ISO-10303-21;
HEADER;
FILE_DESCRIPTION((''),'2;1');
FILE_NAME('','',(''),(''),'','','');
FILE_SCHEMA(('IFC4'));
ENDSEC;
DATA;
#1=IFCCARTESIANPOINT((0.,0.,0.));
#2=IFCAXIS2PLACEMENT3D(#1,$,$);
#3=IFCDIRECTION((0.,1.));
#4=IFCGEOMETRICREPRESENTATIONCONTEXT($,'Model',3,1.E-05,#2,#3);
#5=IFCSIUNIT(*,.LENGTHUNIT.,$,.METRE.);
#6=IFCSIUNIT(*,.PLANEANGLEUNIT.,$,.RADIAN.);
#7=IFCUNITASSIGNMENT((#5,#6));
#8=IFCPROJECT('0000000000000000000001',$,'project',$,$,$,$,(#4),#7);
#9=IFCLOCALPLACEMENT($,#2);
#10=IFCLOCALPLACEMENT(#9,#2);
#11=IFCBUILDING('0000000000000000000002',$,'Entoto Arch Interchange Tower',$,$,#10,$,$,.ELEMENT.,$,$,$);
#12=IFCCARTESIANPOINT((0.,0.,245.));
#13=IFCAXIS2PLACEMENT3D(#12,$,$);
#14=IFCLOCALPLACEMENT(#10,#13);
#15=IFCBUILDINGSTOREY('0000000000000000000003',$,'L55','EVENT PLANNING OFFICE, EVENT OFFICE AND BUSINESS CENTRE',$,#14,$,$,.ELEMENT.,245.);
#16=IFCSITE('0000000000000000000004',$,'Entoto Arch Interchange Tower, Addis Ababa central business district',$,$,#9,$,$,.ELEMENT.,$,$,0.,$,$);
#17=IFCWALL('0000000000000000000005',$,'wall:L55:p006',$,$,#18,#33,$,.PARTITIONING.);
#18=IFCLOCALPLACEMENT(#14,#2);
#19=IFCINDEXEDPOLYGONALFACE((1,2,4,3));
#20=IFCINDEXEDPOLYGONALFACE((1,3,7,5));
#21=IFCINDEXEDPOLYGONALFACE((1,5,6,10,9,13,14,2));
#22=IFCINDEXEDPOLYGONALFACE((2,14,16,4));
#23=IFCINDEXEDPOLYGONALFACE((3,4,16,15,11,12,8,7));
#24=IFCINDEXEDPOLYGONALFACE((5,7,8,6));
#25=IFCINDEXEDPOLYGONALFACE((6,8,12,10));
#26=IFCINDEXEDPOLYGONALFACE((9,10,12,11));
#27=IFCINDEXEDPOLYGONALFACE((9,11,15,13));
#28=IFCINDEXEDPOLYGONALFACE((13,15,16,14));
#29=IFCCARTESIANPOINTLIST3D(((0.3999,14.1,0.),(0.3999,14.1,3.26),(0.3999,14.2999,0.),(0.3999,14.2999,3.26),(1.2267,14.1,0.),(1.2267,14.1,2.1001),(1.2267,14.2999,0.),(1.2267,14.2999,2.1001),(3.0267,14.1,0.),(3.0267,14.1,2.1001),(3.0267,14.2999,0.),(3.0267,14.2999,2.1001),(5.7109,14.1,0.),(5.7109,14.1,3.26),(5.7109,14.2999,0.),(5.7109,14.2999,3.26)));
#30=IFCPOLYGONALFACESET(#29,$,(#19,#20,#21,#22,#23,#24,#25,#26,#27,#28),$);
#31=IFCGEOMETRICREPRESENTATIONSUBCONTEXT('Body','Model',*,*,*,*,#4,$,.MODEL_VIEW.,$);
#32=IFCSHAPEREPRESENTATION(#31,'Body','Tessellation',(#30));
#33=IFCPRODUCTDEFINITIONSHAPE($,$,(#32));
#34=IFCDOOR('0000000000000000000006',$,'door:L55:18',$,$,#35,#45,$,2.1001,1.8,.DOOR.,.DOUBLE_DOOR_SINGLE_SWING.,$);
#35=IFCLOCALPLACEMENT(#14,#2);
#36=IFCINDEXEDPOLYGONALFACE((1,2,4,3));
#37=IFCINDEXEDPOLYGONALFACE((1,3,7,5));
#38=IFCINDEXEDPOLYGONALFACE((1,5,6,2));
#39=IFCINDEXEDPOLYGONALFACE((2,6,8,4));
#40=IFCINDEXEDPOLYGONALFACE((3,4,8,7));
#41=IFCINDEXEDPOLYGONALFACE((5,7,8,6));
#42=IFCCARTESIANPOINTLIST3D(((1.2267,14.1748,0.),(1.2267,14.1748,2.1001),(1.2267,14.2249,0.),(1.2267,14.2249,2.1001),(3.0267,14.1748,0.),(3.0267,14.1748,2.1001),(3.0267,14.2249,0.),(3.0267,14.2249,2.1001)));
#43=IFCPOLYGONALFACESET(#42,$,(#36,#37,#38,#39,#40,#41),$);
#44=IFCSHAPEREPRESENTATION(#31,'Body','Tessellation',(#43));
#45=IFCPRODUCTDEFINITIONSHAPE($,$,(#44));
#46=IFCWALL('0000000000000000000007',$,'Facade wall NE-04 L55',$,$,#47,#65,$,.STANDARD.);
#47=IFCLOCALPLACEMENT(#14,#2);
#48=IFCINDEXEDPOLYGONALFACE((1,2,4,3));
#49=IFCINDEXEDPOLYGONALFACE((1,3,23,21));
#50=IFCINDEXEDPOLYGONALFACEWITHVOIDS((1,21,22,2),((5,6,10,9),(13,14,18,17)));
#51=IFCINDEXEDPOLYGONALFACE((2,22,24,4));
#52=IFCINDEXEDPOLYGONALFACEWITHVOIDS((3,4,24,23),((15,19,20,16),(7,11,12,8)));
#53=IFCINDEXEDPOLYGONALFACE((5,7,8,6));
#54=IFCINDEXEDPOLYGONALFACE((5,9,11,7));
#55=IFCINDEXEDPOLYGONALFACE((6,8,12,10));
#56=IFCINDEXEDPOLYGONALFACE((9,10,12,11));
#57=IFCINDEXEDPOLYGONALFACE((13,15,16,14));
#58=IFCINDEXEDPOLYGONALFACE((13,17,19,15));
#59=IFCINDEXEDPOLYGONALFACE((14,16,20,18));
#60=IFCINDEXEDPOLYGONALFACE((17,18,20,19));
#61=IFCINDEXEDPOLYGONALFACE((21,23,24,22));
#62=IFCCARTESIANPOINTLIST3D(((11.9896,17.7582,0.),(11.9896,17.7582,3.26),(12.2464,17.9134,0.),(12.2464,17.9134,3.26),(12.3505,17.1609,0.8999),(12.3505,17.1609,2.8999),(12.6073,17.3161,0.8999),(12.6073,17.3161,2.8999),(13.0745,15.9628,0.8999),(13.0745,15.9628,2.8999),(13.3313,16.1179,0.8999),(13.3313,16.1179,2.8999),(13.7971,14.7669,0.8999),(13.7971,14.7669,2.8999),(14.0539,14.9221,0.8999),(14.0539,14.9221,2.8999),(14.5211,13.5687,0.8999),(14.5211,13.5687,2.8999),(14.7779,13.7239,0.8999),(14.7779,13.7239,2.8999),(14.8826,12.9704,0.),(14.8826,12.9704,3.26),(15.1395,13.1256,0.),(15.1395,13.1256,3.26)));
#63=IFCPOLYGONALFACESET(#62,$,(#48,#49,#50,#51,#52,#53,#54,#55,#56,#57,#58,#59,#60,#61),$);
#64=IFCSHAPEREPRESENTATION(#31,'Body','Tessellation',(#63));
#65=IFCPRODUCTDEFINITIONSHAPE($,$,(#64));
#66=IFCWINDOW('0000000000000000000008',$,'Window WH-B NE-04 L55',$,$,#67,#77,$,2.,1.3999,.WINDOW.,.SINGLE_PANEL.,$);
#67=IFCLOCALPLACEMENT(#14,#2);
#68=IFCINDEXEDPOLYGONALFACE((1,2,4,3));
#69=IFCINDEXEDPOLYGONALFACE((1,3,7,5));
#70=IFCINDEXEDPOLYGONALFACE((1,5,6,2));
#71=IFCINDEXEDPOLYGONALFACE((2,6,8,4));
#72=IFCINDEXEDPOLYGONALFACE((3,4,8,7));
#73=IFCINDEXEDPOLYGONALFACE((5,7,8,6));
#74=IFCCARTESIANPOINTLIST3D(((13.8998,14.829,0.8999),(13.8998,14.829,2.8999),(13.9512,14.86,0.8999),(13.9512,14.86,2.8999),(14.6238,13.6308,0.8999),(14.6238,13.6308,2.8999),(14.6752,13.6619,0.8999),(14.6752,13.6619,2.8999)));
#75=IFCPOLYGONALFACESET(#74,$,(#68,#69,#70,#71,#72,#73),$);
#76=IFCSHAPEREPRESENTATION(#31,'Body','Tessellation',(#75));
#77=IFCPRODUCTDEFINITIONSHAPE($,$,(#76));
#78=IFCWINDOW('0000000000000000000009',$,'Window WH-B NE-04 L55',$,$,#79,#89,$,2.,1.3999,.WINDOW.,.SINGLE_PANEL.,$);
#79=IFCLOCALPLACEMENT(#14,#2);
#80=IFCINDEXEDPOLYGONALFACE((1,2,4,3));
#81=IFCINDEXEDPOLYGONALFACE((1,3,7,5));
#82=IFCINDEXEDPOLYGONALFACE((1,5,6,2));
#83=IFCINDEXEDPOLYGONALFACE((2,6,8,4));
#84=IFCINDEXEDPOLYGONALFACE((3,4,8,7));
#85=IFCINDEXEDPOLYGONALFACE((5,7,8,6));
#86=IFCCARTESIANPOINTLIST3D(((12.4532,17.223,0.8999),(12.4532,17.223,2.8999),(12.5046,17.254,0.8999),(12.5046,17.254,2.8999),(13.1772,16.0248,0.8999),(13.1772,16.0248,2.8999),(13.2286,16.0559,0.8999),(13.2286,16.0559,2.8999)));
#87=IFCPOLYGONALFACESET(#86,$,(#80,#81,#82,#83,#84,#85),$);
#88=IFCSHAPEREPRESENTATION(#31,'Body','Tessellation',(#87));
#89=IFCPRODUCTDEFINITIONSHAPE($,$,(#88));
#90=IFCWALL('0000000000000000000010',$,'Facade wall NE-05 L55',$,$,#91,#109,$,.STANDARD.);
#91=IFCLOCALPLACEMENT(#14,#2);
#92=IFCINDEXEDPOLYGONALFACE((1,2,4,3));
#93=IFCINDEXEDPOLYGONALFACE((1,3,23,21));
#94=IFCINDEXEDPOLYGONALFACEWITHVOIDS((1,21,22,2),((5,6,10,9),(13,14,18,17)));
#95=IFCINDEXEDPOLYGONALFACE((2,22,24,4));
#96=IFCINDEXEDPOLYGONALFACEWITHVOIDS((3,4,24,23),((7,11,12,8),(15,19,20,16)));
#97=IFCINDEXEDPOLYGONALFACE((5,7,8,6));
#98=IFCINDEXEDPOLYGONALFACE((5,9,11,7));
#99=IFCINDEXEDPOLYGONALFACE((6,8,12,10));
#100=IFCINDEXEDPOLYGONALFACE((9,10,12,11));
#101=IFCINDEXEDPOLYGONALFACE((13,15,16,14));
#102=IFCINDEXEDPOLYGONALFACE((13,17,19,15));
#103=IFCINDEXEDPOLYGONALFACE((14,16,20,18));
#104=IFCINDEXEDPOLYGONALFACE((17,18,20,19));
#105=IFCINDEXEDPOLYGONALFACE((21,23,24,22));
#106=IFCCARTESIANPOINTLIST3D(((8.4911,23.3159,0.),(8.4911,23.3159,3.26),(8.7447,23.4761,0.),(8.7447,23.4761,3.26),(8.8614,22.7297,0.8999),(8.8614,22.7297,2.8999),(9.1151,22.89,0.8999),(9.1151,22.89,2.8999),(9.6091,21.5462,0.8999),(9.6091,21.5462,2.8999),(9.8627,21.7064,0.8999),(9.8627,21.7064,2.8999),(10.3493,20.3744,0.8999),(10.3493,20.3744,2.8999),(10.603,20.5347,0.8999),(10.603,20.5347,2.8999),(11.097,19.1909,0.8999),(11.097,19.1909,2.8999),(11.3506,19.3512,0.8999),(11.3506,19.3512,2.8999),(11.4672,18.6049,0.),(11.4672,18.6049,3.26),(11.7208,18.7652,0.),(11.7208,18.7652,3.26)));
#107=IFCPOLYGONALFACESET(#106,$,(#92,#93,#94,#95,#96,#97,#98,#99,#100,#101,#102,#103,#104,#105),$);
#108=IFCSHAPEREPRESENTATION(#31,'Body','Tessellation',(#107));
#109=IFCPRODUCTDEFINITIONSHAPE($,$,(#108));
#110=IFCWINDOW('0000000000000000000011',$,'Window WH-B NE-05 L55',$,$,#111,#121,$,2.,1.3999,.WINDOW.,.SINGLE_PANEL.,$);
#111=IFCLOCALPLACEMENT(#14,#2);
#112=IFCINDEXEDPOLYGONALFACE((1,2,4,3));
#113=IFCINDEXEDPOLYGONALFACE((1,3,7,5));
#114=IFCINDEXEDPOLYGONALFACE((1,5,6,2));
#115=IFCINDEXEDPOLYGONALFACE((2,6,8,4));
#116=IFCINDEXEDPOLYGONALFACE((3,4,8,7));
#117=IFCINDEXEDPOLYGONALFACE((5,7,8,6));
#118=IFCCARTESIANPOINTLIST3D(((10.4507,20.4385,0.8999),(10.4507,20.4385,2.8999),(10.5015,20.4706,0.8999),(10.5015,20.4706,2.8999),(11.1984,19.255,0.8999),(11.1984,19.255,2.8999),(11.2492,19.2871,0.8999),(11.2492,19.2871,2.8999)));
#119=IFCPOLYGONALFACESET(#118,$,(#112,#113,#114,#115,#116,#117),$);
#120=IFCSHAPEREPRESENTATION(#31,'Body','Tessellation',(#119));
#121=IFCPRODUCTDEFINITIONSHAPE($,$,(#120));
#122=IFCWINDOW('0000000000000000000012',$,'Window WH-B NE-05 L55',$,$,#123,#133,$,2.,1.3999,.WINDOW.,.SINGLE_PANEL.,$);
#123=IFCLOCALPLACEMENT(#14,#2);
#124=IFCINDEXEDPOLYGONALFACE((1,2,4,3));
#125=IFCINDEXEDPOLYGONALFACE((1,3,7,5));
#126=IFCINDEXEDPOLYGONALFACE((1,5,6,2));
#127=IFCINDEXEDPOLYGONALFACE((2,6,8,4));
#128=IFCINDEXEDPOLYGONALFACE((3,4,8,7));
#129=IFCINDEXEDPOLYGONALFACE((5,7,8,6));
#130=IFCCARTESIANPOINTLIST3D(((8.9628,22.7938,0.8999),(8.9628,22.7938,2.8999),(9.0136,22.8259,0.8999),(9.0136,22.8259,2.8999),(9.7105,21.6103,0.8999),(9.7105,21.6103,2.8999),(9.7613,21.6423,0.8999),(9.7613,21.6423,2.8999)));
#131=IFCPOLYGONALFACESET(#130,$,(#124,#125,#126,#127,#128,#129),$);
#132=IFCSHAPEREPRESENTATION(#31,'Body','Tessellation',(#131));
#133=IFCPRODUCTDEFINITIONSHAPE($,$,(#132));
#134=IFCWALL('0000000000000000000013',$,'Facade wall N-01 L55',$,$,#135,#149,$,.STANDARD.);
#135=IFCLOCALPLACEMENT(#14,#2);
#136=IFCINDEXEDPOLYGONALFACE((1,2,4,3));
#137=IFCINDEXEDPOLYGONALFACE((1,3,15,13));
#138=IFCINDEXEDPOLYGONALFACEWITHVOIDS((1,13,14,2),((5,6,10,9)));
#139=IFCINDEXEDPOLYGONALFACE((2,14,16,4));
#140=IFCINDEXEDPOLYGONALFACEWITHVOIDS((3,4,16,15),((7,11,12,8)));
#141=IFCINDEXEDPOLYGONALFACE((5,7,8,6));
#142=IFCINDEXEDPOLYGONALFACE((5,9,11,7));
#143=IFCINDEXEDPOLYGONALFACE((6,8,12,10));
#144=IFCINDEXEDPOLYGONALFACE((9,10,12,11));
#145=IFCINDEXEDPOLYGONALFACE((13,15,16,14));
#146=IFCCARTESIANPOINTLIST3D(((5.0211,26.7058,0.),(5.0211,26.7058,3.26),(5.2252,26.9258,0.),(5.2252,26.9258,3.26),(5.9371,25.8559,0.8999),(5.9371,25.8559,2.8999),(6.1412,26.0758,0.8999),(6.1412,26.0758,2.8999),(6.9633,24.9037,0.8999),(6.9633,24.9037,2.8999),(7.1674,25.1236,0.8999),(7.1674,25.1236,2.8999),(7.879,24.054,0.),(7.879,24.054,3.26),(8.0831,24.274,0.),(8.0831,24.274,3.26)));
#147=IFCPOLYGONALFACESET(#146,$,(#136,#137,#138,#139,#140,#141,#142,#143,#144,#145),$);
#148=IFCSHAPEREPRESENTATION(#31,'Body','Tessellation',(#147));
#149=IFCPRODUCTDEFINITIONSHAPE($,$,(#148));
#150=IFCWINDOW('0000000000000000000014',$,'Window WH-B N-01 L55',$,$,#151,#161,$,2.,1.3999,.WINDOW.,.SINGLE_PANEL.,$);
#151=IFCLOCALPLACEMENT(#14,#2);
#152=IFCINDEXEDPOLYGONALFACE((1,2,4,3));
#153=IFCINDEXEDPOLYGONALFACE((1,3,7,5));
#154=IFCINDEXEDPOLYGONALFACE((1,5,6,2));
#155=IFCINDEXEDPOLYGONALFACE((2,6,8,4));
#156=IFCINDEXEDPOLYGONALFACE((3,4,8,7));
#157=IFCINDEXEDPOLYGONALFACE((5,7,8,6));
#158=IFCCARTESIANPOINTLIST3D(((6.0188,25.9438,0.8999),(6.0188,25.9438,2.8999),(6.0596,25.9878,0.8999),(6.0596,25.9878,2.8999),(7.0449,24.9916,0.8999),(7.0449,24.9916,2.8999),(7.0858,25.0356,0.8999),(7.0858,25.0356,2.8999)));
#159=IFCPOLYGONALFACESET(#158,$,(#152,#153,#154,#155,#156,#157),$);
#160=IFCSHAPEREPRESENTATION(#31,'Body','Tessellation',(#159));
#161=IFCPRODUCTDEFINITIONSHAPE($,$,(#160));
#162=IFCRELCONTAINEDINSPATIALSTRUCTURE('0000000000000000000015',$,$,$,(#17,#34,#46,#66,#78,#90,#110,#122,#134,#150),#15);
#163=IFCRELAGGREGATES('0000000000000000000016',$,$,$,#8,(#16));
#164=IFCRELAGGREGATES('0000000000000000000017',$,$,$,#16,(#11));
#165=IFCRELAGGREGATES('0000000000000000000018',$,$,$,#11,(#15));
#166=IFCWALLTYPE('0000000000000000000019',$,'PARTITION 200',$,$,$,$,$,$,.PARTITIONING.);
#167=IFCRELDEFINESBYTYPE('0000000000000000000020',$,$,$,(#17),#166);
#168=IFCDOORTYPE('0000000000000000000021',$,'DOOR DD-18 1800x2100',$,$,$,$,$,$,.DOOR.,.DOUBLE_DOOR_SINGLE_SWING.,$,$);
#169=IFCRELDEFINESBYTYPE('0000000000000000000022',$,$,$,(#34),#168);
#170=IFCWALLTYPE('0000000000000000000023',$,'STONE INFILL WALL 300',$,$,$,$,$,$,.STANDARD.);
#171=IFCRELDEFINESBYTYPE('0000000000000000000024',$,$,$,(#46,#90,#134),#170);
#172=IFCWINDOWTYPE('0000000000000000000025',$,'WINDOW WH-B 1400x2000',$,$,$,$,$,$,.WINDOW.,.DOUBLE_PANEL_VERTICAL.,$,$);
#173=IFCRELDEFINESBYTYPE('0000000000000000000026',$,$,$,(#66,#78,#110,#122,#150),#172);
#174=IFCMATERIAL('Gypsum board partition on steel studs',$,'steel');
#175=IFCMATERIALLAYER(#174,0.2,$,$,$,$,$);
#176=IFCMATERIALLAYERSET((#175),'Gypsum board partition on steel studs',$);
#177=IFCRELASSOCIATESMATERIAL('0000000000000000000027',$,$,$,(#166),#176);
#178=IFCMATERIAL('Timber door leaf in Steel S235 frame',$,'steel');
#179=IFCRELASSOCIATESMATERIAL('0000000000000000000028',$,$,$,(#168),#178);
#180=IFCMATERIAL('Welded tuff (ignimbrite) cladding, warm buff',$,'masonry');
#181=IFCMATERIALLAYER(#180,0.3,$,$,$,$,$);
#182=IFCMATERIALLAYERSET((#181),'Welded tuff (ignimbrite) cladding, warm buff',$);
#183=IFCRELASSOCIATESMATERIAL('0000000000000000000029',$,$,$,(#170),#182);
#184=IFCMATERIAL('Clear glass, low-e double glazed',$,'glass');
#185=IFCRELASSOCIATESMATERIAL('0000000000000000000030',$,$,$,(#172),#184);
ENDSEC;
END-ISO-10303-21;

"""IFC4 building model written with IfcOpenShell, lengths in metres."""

from ifc_helpers import new_model, si_unit, direction, frame, frame_2d, origin, place, context, subcontext, project, spatial, rectangle, extrude, material, layer, layer_set, type_object, element, fill, save


model = new_model("IFC4")

# Units and contexts
model_context = context("Model", 3, precision=1e-05, world=origin(), true_north=direction((0.0, 1.0)))
body_context = subcontext(model_context, "Body", "Model", "MODEL_VIEW")
ifc_project = project(units=[si_unit("LENGTHUNIT", "METRE"), si_unit("PLANEANGLEUNIT", "RADIAN")], contexts=[model_context])

# Site, building, storey
site_placement = place(None, origin())
site = spatial("IfcSite", under=ifc_project, at=site_placement, Name="Entoto Arch Interchange Tower, Addis Ababa central business district", CompositionType="ELEMENT", RefElevation=0.0)
building_placement = place(site_placement, origin())
building = spatial("IfcBuilding", under=site, at=building_placement, Name="Entoto Arch Interchange Tower", CompositionType="ELEMENT")
storey_placement = place(building_placement, frame((0.0, 0.0, 245.0)))
storey = spatial("IfcBuildingStorey", under=building, at=storey_placement, Name="L55", Description="EVENT PLANNING OFFICE, EVENT OFFICE AND BUSINESS CENTRE", CompositionType="ELEMENT", Elevation=245.0)

# Shared definitions
ifc_material_1 = material(Name="Gypsum board partition on steel studs", Category="steel")
ifc_layer_1 = layer(ifc_material_1, 0.2)
ifc_layer_set_1 = layer_set([ifc_layer_1], Name="Gypsum board partition on steel studs")
wall_type_1 = type_object("IfcWallType", Name="PARTITION 200", PredefinedType="PARTITIONING", material=ifc_layer_set_1)

# Shared definitions
ifc_material_2 = material(Name="Timber door leaf in Steel S235 frame", Category="steel")

# Wall, opening, door
wall_1_placement = place(storey_placement, frame((0.3999, 14.2, 0.0), z_axis=(0.0, 0.0, 1.0), x_axis=(1.0, 0.0, 0.0)))
wall_1 = element("IfcWall", 1, at=wall_1_placement, inside=storey, type_object=wall_type_1, Name="wall:L55:p006", PredefinedType="PARTITIONING", context=body_context, shape_type="SweptSolid", body=[
    extrude(rectangle(XDim=5.311, YDim=0.2, at=frame_2d((2.6555, 0.0))), origin(), (0.0, 0.0, 1.0), 3.26),
])
opening_1_placement = place(wall_1_placement, frame((0.8269, 0.0, 0.0)))
opening_1 = element("IfcOpeningElement", 2, at=opening_1_placement, cuts=wall_1, PredefinedType="OPENING", context=body_context, shape_type="SweptSolid", body=[
    extrude(rectangle(XDim=1.8, YDim=2.1001, at=frame_2d((0.8999, 1.05))), frame((0.0, 0.1099, 0.0), z_axis=(0.0, -1.0, 0.0), x_axis=(1.0, 0.0, 0.0)), (0.0, 0.0, 1.0), 0.22),
])
door_type_1 = type_object("IfcDoorType", Name="DOOR DD-18 1800x2100", OperationType="DOUBLE_DOOR_SINGLE_SWING", PredefinedType="DOOR", material=ifc_material_2)
door_1_placement = place(opening_1_placement, origin())
door_1 = element("IfcDoor", 3, at=door_1_placement, inside=storey, type_object=door_type_1, Name="door:L55:18", OperationType="DOUBLE_DOOR_SINGLE_SWING", OverallHeight=2.1001, OverallWidth=1.8, PredefinedType="DOOR", context=body_context, shape_type="SweptSolid", body=[
    extrude(rectangle(XDim=1.8, YDim=2.1001, at=frame_2d((0.8999, 1.05))), frame((0.0, 0.0249, 0.0), z_axis=(0.0, -1.0, 0.0), x_axis=(1.0, 0.0, 0.0)), (0.0, 0.0, 1.0), 0.05),
])
fill(opening_1, door_1)

# Walls, openings, windows
ifc_material_3 = material(Name="Welded tuff (ignimbrite) cladding, warm buff", Category="masonry")
ifc_layer_2 = layer(ifc_material_3, 0.3)
ifc_layer_set_2 = layer_set([ifc_layer_2], Name="Welded tuff (ignimbrite) cladding, warm buff")
wall_type_2 = type_object("IfcWallType", Name="STONE INFILL WALL 300", PredefinedType="STANDARD", material=ifc_layer_set_2)
wall_2_placement = place(storey_placement, frame((15.011, 13.0481, 0.0), z_axis=(0.0, 0.0, 1.0), x_axis=(-0.51717, 0.855883, 0.0)))
wall_2 = element("IfcWall", 4, at=wall_2_placement, inside=storey, type_object=wall_type_2, Name="Facade wall NE-04 L55", PredefinedType="STANDARD", context=body_context, shape_type="SweptSolid", body=[
    extrude(rectangle(XDim=5.594, YDim=0.3, at=frame_2d((2.7969, 0.0))), origin(), (0.0, 0.0, 1.0), 3.26),
])
opening_2_placement = place(wall_2_placement, frame((0.699, 0.0, 0.8999)))
opening_2 = element("IfcOpeningElement", 5, at=opening_2_placement, cuts=wall_2, PredefinedType="OPENING", context=body_context, shape_type="SweptSolid", body=[
    extrude(rectangle(XDim=1.3999, YDim=2.0, at=frame_2d((0.7, 1.0))), frame((0.0, 0.1602, 0.0), z_axis=(0.0, -1.0, 0.0), x_axis=(1.0, 0.0, 0.0)), (0.0, 0.0, 1.0), 0.3201),
])
opening_3_placement = place(wall_2_placement, frame((3.4961, 0.0, 0.8999)))
opening_3 = element("IfcOpeningElement", 6, at=opening_3_placement, cuts=wall_2, PredefinedType="OPENING", context=body_context, shape_type="SweptSolid", body=[
    extrude(rectangle(XDim=1.3999, YDim=2.0, at=frame_2d((0.7, 1.0))), frame((0.0, 0.1602, 0.0), z_axis=(0.0, -1.0, 0.0), x_axis=(1.0, 0.0, 0.0)), (0.0, 0.0, 1.0), 0.3201),
])
ifc_material_4 = material(Name="Clear glass, low-e double glazed", Category="glass")
window_type = type_object("IfcWindowType", Name="WINDOW WH-B 1400x2000", PartitioningType="DOUBLE_PANEL_VERTICAL", PredefinedType="WINDOW", material=ifc_material_4)
window_1_placement = place(opening_2_placement, origin())
window_1 = element("IfcWindow", 7, at=window_1_placement, inside=storey, type_object=window_type, Name="Window WH-B NE-04 L55", OverallHeight=2.0, OverallWidth=1.3999, PartitioningType="SINGLE_PANEL", PredefinedType="WINDOW", context=body_context, shape_type="SweptSolid", body=[
    extrude(rectangle(XDim=1.3999, YDim=2.0, at=frame_2d((0.7, 1.0))), frame((0.0, 0.03, 0.0), z_axis=(0.0, -1.0, 0.0), x_axis=(1.0, 0.0, 0.0)), (0.0, 0.0, 1.0), 0.0601),
])
fill(opening_2, window_1)
window_2_placement = place(opening_3_placement, origin())
window_2 = element("IfcWindow", 8, at=window_2_placement, inside=storey, type_object=window_type, Name="Window WH-B NE-04 L55", OverallHeight=2.0, OverallWidth=1.3999, PartitioningType="SINGLE_PANEL", PredefinedType="WINDOW", context=body_context, shape_type="SweptSolid", body=[
    extrude(rectangle(XDim=1.3999, YDim=2.0, at=frame_2d((0.7, 1.0))), frame((0.0, 0.03, 0.0), z_axis=(0.0, -1.0, 0.0), x_axis=(1.0, 0.0, 0.0)), (0.0, 0.0, 1.0), 0.0601),
])
fill(opening_3, window_2)
wall_3_placement = place(storey_placement, frame((11.594, 18.6851, 0.0), z_axis=(0.0, 0.0, 1.0), x_axis=(-0.534089, 0.845429, 0.0)))
wall_3 = element("IfcWall", 9, at=wall_3_placement, inside=storey, type_object=wall_type_2, Name="Facade wall NE-05 L55", PredefinedType="STANDARD", context=body_context, shape_type="SweptSolid", body=[
    extrude(rectangle(XDim=5.5723, YDim=0.3, at=frame_2d((2.7861, 0.0))), origin(), (0.0, 0.0, 1.0), 3.26),
])
opening_4_placement = place(wall_3_placement, frame((0.6931, 0.0, 0.8999)))
opening_4 = element("IfcOpeningElement", 10, at=opening_4_placement, cuts=wall_3, PredefinedType="OPENING", context=body_context, shape_type="SweptSolid", body=[
    extrude(rectangle(XDim=1.3999, YDim=2.0, at=frame_2d((0.7, 1.0))), frame((0.0, 0.1602, 0.0), z_axis=(0.0, -1.0, 0.0), x_axis=(1.0, 0.0, 0.0)), (0.0, 0.0, 1.0), 0.3201),
])
opening_5_placement = place(wall_3_placement, frame((3.479, 0.0, 0.8999)))
opening_5 = element("IfcOpeningElement", 11, at=opening_5_placement, cuts=wall_3, PredefinedType="OPENING", context=body_context, shape_type="SweptSolid", body=[
    extrude(rectangle(XDim=1.3999, YDim=2.0, at=frame_2d((0.7, 1.0))), frame((0.0, 0.1602, 0.0), z_axis=(0.0, -1.0, 0.0), x_axis=(1.0, 0.0, 0.0)), (0.0, 0.0, 1.0), 0.3201),
])
window_3_placement = place(opening_4_placement, origin())
window_3 = element("IfcWindow", 12, at=window_3_placement, inside=storey, type_object=window_type, Name="Window WH-B NE-05 L55", OverallHeight=2.0, OverallWidth=1.3999, PartitioningType="SINGLE_PANEL", PredefinedType="WINDOW", context=body_context, shape_type="SweptSolid", body=[
    extrude(rectangle(XDim=1.3999, YDim=2.0, at=frame_2d((0.7, 1.0))), frame((0.0, 0.03, 0.0), z_axis=(0.0, -1.0, 0.0), x_axis=(1.0, 0.0, 0.0)), (0.0, 0.0, 1.0), 0.0601),
])
fill(opening_4, window_3)
window_4_placement = place(opening_5_placement, origin())
window_4 = element("IfcWindow", 13, at=window_4_placement, inside=storey, type_object=window_type, Name="Window WH-B NE-05 L55", OverallHeight=2.0, OverallWidth=1.3999, PartitioningType="SINGLE_PANEL", PredefinedType="WINDOW", context=body_context, shape_type="SweptSolid", body=[
    extrude(rectangle(XDim=1.3999, YDim=2.0, at=frame_2d((0.7, 1.0))), frame((0.0, 0.03, 0.0), z_axis=(0.0, -1.0, 0.0), x_axis=(1.0, 0.0, 0.0)), (0.0, 0.0, 1.0), 0.0601),
])
fill(opening_5, window_4)

# Wall, opening, window
wall_4_placement = place(storey_placement, frame((7.981, 24.1641, 0.0), z_axis=(0.0, 0.0, 1.0), x_axis=(-0.733039, 0.680187, 0.0)))
wall_4 = element("IfcWall", 14, at=wall_4_placement, inside=storey, type_object=wall_type_2, Name="Facade wall N-01 L55", PredefinedType="STANDARD", context=body_context, shape_type="SweptSolid", body=[
    extrude(rectangle(XDim=3.8987, YDim=0.3, at=frame_2d((1.9492, 0.0))), origin(), (0.0, 0.0, 1.0), 3.26),
])
opening_6_placement = place(wall_4_placement, frame((1.249, 0.0, 0.8999)))
opening_6 = element("IfcOpeningElement", 15, at=opening_6_placement, cuts=wall_4, PredefinedType="OPENING", context=body_context, shape_type="SweptSolid", body=[
    extrude(rectangle(XDim=1.3999, YDim=2.0, at=frame_2d((0.7, 1.0))), frame((0.0, 0.1602, 0.0), z_axis=(0.0, -1.0, 0.0), x_axis=(1.0, 0.0, 0.0)), (0.0, 0.0, 1.0), 0.3201),
])
window_5_placement = place(opening_6_placement, origin())
window_5 = element("IfcWindow", 16, at=window_5_placement, inside=storey, type_object=window_type, Name="Window WH-B N-01 L55", OverallHeight=2.0, OverallWidth=1.3999, PartitioningType="SINGLE_PANEL", PredefinedType="WINDOW", context=body_context, shape_type="SweptSolid", body=[
    extrude(rectangle(XDim=1.3999, YDim=2.0, at=frame_2d((0.7, 1.0))), frame((0.0, 0.03, 0.0), z_axis=(0.0, -1.0, 0.0), x_axis=(1.0, 0.0, 0.0)), (0.0, 0.0, 1.0), 0.0601),
])
fill(opening_6, window_5)

save(model, "model.ifc")
